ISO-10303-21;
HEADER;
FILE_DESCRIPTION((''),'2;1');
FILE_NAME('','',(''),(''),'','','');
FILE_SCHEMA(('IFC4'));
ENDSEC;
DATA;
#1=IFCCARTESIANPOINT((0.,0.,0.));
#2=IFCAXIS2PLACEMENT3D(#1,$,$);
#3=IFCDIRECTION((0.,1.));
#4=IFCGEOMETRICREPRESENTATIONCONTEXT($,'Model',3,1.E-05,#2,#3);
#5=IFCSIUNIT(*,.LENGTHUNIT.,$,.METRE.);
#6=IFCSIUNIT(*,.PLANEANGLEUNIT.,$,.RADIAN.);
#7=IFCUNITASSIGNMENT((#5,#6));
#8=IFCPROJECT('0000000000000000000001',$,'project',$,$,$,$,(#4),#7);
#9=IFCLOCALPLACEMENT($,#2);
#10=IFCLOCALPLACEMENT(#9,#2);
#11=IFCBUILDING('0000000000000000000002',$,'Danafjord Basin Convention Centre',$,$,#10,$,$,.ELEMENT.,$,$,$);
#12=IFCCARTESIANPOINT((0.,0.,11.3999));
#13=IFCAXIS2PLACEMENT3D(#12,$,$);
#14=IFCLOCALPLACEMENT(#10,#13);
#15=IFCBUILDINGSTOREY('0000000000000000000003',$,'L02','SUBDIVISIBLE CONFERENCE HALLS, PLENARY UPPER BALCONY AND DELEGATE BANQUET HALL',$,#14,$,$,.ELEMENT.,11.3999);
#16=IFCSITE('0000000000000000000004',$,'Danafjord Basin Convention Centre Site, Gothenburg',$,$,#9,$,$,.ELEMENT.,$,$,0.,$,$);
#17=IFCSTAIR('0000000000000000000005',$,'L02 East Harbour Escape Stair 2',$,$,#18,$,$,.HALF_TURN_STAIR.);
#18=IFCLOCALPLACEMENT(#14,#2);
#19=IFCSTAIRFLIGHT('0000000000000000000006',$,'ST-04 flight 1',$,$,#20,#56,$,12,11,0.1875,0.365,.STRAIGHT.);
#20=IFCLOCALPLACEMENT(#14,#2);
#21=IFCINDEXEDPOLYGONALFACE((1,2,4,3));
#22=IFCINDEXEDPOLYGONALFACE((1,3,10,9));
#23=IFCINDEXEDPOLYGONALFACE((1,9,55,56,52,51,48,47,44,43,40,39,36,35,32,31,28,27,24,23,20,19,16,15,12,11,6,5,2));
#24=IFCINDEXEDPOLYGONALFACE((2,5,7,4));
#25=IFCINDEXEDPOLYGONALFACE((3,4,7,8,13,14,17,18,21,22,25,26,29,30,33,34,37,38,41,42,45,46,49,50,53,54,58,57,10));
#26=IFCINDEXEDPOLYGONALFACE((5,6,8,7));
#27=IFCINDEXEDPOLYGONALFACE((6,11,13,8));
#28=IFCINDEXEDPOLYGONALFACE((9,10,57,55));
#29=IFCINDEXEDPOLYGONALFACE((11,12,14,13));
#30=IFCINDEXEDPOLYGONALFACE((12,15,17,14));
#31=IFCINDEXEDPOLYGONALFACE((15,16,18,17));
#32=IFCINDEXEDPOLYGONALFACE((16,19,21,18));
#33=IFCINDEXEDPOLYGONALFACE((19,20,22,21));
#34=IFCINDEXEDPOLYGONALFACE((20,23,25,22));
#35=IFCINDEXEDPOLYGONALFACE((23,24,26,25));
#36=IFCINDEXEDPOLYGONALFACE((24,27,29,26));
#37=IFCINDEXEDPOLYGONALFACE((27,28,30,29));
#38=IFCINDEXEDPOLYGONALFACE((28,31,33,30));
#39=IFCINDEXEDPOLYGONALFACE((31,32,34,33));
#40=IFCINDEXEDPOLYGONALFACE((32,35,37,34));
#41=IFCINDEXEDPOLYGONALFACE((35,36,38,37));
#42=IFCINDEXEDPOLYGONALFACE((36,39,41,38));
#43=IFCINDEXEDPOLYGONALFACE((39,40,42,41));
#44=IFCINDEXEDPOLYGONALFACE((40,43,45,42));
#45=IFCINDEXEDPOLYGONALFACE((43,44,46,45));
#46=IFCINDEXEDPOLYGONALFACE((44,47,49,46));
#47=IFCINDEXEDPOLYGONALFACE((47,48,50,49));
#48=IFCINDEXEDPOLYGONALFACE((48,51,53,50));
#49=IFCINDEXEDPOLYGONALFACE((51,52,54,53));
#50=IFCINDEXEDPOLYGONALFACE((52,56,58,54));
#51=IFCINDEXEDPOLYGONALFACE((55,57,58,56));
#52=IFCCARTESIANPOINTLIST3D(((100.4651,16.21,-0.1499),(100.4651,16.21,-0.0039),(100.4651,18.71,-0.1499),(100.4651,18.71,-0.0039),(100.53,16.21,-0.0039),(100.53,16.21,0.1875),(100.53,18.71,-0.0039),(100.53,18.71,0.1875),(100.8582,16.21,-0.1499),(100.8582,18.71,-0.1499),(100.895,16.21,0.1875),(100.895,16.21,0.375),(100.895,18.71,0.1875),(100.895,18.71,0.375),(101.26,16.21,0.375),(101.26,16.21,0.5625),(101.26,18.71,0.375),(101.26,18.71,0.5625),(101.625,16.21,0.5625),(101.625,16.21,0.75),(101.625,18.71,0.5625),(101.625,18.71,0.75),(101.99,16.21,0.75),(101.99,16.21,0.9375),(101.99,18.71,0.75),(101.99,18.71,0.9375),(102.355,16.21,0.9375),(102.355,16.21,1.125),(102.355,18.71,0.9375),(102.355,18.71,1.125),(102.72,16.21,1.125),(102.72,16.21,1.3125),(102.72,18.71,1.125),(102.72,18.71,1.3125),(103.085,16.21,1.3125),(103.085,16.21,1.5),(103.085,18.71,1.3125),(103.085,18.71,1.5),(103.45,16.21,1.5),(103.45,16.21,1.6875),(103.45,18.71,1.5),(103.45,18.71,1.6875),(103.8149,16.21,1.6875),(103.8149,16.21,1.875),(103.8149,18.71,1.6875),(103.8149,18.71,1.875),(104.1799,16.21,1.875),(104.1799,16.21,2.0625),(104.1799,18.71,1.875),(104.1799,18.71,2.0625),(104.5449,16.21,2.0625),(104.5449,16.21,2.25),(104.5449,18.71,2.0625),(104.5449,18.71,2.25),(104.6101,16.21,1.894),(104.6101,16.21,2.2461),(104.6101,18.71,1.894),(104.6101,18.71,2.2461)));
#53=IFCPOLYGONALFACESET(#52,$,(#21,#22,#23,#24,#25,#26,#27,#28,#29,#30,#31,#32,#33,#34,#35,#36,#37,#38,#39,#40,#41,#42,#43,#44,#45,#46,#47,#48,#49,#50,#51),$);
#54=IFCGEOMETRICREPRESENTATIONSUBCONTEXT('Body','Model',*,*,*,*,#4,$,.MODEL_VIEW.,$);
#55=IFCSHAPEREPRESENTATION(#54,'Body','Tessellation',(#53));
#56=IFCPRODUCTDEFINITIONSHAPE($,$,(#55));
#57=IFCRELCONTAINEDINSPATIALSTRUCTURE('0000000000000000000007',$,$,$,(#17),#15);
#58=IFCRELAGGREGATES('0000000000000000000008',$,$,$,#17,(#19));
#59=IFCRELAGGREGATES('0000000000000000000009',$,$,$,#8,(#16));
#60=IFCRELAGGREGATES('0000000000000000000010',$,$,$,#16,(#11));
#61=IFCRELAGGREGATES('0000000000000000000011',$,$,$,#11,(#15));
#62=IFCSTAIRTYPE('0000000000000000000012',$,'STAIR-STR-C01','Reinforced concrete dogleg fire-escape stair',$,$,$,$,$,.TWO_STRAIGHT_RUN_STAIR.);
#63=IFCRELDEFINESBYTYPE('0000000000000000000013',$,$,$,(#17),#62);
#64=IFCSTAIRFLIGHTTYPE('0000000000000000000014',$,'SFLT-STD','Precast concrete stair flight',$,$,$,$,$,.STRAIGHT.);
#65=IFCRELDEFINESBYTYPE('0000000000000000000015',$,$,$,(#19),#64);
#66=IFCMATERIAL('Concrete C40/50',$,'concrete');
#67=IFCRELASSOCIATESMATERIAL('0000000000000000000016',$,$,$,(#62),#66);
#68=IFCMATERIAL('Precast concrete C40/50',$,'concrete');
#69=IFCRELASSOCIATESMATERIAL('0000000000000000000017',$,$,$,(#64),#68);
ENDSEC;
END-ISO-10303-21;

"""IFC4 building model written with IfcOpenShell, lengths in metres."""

from ifc_helpers import new_model, si_unit, direction, frame, origin, place, context, subcontext, project, spatial, polyline, outline, extrude, material, type_object, element, aggregate, save


model = new_model("IFC4")

# Units and contexts
model_context = context("Model", 3, precision=1e-05, world=origin(), true_north=direction((0.0, 1.0)))
body_context = subcontext(model_context, "Body", "Model", "MODEL_VIEW")
ifc_project = project(units=[si_unit("LENGTHUNIT", "METRE"), si_unit("PLANEANGLEUNIT", "RADIAN")], contexts=[model_context])

# Site, building, storey
site_placement = place(None, origin())
site = spatial("IfcSite", under=ifc_project, at=site_placement, Name="Danafjord Basin Convention Centre Site, Gothenburg", CompositionType="ELEMENT", RefElevation=0.0)
building_placement = place(site_placement, origin())
building = spatial("IfcBuilding", under=site, at=building_placement, Name="Danafjord Basin Convention Centre", CompositionType="ELEMENT")
storey_placement = place(building_placement, frame((0.0, 0.0, 11.3999)))
storey = spatial("IfcBuildingStorey", under=building, at=storey_placement, Name="L02", Description="SUBDIVISIBLE CONFERENCE HALLS, PLENARY UPPER BALCONY AND DELEGATE BANQUET HALL", CompositionType="ELEMENT", Elevation=11.3999)

# Stair, stair flight
ifc_material_1 = material(Name="Concrete C40/50", Category="concrete")
stair_type = type_object("IfcStairType", Name="STAIR-STR-C01", Description="Reinforced concrete dogleg fire-escape stair", PredefinedType="TWO_STRAIGHT_RUN_STAIR", material=ifc_material_1)
stair_placement = place(storey_placement, origin())
stair = element("IfcStair", 1, at=stair_placement, inside=storey, type_object=stair_type, Name="L02 East Harbour Escape Stair 2", PredefinedType="HALF_TURN_STAIR")
ifc_material_2 = material(Name="Precast concrete C40/50", Category="concrete")
stair_flight_type = type_object("IfcStairFlightType", Name="SFLT-STD", Description="Precast concrete stair flight", PredefinedType="STRAIGHT", material=ifc_material_2)
stair_flight_placement = place(storey_placement, frame((100.53, 17.46, 0.0), z_axis=(0.0, 0.0, 1.0), x_axis=(1.0, 0.0, 0.0)))
stair_flight = element("IfcStairFlight", 2, at=stair_flight_placement, type_object=stair_flight_type, Name="ST-04 flight 1", NumberOfRisers=12, NumberOfTreads=11, PredefinedType="STRAIGHT", RiserHeight=0.1875, TreadLength=0.365, context=body_context, shape_type="SweptSolid", body=[
    extrude(outline(polyline([(-0.0649, -0.1499), (-0.0649, -0.0039), (0.0, -0.0039), (0.0, 0.1875), (0.365, 0.1875), (0.365, 0.375), (0.73, 0.375), (0.73, 0.5625), (1.095, 0.5625), (1.095, 0.75), (1.46, 0.75), (1.46, 0.9375), (1.825, 0.9375), (1.825, 1.125), (2.1899, 1.125), (2.1899, 1.3125), (2.5549, 1.3125), (2.5549, 1.5), (2.9199, 1.5), (2.9199, 1.6875), (3.2849, 1.6875), (3.2849, 1.875), (3.6499, 1.875), (3.6499, 2.0625), (4.0149, 2.0625), (4.0149, 2.25), (4.0801, 2.2461), (4.0801, 1.894), (0.3281, -0.1499), (-0.0649, -0.1499)])), frame((0.0, 1.25, 0.0), z_axis=(0.0, -1.0, 0.0), x_axis=(1.0, 0.0, 0.0)), (0.0, 0.0, 1.0), 2.5),
])
aggregate(stair, [stair_flight])

save(model, "model.ifc")
